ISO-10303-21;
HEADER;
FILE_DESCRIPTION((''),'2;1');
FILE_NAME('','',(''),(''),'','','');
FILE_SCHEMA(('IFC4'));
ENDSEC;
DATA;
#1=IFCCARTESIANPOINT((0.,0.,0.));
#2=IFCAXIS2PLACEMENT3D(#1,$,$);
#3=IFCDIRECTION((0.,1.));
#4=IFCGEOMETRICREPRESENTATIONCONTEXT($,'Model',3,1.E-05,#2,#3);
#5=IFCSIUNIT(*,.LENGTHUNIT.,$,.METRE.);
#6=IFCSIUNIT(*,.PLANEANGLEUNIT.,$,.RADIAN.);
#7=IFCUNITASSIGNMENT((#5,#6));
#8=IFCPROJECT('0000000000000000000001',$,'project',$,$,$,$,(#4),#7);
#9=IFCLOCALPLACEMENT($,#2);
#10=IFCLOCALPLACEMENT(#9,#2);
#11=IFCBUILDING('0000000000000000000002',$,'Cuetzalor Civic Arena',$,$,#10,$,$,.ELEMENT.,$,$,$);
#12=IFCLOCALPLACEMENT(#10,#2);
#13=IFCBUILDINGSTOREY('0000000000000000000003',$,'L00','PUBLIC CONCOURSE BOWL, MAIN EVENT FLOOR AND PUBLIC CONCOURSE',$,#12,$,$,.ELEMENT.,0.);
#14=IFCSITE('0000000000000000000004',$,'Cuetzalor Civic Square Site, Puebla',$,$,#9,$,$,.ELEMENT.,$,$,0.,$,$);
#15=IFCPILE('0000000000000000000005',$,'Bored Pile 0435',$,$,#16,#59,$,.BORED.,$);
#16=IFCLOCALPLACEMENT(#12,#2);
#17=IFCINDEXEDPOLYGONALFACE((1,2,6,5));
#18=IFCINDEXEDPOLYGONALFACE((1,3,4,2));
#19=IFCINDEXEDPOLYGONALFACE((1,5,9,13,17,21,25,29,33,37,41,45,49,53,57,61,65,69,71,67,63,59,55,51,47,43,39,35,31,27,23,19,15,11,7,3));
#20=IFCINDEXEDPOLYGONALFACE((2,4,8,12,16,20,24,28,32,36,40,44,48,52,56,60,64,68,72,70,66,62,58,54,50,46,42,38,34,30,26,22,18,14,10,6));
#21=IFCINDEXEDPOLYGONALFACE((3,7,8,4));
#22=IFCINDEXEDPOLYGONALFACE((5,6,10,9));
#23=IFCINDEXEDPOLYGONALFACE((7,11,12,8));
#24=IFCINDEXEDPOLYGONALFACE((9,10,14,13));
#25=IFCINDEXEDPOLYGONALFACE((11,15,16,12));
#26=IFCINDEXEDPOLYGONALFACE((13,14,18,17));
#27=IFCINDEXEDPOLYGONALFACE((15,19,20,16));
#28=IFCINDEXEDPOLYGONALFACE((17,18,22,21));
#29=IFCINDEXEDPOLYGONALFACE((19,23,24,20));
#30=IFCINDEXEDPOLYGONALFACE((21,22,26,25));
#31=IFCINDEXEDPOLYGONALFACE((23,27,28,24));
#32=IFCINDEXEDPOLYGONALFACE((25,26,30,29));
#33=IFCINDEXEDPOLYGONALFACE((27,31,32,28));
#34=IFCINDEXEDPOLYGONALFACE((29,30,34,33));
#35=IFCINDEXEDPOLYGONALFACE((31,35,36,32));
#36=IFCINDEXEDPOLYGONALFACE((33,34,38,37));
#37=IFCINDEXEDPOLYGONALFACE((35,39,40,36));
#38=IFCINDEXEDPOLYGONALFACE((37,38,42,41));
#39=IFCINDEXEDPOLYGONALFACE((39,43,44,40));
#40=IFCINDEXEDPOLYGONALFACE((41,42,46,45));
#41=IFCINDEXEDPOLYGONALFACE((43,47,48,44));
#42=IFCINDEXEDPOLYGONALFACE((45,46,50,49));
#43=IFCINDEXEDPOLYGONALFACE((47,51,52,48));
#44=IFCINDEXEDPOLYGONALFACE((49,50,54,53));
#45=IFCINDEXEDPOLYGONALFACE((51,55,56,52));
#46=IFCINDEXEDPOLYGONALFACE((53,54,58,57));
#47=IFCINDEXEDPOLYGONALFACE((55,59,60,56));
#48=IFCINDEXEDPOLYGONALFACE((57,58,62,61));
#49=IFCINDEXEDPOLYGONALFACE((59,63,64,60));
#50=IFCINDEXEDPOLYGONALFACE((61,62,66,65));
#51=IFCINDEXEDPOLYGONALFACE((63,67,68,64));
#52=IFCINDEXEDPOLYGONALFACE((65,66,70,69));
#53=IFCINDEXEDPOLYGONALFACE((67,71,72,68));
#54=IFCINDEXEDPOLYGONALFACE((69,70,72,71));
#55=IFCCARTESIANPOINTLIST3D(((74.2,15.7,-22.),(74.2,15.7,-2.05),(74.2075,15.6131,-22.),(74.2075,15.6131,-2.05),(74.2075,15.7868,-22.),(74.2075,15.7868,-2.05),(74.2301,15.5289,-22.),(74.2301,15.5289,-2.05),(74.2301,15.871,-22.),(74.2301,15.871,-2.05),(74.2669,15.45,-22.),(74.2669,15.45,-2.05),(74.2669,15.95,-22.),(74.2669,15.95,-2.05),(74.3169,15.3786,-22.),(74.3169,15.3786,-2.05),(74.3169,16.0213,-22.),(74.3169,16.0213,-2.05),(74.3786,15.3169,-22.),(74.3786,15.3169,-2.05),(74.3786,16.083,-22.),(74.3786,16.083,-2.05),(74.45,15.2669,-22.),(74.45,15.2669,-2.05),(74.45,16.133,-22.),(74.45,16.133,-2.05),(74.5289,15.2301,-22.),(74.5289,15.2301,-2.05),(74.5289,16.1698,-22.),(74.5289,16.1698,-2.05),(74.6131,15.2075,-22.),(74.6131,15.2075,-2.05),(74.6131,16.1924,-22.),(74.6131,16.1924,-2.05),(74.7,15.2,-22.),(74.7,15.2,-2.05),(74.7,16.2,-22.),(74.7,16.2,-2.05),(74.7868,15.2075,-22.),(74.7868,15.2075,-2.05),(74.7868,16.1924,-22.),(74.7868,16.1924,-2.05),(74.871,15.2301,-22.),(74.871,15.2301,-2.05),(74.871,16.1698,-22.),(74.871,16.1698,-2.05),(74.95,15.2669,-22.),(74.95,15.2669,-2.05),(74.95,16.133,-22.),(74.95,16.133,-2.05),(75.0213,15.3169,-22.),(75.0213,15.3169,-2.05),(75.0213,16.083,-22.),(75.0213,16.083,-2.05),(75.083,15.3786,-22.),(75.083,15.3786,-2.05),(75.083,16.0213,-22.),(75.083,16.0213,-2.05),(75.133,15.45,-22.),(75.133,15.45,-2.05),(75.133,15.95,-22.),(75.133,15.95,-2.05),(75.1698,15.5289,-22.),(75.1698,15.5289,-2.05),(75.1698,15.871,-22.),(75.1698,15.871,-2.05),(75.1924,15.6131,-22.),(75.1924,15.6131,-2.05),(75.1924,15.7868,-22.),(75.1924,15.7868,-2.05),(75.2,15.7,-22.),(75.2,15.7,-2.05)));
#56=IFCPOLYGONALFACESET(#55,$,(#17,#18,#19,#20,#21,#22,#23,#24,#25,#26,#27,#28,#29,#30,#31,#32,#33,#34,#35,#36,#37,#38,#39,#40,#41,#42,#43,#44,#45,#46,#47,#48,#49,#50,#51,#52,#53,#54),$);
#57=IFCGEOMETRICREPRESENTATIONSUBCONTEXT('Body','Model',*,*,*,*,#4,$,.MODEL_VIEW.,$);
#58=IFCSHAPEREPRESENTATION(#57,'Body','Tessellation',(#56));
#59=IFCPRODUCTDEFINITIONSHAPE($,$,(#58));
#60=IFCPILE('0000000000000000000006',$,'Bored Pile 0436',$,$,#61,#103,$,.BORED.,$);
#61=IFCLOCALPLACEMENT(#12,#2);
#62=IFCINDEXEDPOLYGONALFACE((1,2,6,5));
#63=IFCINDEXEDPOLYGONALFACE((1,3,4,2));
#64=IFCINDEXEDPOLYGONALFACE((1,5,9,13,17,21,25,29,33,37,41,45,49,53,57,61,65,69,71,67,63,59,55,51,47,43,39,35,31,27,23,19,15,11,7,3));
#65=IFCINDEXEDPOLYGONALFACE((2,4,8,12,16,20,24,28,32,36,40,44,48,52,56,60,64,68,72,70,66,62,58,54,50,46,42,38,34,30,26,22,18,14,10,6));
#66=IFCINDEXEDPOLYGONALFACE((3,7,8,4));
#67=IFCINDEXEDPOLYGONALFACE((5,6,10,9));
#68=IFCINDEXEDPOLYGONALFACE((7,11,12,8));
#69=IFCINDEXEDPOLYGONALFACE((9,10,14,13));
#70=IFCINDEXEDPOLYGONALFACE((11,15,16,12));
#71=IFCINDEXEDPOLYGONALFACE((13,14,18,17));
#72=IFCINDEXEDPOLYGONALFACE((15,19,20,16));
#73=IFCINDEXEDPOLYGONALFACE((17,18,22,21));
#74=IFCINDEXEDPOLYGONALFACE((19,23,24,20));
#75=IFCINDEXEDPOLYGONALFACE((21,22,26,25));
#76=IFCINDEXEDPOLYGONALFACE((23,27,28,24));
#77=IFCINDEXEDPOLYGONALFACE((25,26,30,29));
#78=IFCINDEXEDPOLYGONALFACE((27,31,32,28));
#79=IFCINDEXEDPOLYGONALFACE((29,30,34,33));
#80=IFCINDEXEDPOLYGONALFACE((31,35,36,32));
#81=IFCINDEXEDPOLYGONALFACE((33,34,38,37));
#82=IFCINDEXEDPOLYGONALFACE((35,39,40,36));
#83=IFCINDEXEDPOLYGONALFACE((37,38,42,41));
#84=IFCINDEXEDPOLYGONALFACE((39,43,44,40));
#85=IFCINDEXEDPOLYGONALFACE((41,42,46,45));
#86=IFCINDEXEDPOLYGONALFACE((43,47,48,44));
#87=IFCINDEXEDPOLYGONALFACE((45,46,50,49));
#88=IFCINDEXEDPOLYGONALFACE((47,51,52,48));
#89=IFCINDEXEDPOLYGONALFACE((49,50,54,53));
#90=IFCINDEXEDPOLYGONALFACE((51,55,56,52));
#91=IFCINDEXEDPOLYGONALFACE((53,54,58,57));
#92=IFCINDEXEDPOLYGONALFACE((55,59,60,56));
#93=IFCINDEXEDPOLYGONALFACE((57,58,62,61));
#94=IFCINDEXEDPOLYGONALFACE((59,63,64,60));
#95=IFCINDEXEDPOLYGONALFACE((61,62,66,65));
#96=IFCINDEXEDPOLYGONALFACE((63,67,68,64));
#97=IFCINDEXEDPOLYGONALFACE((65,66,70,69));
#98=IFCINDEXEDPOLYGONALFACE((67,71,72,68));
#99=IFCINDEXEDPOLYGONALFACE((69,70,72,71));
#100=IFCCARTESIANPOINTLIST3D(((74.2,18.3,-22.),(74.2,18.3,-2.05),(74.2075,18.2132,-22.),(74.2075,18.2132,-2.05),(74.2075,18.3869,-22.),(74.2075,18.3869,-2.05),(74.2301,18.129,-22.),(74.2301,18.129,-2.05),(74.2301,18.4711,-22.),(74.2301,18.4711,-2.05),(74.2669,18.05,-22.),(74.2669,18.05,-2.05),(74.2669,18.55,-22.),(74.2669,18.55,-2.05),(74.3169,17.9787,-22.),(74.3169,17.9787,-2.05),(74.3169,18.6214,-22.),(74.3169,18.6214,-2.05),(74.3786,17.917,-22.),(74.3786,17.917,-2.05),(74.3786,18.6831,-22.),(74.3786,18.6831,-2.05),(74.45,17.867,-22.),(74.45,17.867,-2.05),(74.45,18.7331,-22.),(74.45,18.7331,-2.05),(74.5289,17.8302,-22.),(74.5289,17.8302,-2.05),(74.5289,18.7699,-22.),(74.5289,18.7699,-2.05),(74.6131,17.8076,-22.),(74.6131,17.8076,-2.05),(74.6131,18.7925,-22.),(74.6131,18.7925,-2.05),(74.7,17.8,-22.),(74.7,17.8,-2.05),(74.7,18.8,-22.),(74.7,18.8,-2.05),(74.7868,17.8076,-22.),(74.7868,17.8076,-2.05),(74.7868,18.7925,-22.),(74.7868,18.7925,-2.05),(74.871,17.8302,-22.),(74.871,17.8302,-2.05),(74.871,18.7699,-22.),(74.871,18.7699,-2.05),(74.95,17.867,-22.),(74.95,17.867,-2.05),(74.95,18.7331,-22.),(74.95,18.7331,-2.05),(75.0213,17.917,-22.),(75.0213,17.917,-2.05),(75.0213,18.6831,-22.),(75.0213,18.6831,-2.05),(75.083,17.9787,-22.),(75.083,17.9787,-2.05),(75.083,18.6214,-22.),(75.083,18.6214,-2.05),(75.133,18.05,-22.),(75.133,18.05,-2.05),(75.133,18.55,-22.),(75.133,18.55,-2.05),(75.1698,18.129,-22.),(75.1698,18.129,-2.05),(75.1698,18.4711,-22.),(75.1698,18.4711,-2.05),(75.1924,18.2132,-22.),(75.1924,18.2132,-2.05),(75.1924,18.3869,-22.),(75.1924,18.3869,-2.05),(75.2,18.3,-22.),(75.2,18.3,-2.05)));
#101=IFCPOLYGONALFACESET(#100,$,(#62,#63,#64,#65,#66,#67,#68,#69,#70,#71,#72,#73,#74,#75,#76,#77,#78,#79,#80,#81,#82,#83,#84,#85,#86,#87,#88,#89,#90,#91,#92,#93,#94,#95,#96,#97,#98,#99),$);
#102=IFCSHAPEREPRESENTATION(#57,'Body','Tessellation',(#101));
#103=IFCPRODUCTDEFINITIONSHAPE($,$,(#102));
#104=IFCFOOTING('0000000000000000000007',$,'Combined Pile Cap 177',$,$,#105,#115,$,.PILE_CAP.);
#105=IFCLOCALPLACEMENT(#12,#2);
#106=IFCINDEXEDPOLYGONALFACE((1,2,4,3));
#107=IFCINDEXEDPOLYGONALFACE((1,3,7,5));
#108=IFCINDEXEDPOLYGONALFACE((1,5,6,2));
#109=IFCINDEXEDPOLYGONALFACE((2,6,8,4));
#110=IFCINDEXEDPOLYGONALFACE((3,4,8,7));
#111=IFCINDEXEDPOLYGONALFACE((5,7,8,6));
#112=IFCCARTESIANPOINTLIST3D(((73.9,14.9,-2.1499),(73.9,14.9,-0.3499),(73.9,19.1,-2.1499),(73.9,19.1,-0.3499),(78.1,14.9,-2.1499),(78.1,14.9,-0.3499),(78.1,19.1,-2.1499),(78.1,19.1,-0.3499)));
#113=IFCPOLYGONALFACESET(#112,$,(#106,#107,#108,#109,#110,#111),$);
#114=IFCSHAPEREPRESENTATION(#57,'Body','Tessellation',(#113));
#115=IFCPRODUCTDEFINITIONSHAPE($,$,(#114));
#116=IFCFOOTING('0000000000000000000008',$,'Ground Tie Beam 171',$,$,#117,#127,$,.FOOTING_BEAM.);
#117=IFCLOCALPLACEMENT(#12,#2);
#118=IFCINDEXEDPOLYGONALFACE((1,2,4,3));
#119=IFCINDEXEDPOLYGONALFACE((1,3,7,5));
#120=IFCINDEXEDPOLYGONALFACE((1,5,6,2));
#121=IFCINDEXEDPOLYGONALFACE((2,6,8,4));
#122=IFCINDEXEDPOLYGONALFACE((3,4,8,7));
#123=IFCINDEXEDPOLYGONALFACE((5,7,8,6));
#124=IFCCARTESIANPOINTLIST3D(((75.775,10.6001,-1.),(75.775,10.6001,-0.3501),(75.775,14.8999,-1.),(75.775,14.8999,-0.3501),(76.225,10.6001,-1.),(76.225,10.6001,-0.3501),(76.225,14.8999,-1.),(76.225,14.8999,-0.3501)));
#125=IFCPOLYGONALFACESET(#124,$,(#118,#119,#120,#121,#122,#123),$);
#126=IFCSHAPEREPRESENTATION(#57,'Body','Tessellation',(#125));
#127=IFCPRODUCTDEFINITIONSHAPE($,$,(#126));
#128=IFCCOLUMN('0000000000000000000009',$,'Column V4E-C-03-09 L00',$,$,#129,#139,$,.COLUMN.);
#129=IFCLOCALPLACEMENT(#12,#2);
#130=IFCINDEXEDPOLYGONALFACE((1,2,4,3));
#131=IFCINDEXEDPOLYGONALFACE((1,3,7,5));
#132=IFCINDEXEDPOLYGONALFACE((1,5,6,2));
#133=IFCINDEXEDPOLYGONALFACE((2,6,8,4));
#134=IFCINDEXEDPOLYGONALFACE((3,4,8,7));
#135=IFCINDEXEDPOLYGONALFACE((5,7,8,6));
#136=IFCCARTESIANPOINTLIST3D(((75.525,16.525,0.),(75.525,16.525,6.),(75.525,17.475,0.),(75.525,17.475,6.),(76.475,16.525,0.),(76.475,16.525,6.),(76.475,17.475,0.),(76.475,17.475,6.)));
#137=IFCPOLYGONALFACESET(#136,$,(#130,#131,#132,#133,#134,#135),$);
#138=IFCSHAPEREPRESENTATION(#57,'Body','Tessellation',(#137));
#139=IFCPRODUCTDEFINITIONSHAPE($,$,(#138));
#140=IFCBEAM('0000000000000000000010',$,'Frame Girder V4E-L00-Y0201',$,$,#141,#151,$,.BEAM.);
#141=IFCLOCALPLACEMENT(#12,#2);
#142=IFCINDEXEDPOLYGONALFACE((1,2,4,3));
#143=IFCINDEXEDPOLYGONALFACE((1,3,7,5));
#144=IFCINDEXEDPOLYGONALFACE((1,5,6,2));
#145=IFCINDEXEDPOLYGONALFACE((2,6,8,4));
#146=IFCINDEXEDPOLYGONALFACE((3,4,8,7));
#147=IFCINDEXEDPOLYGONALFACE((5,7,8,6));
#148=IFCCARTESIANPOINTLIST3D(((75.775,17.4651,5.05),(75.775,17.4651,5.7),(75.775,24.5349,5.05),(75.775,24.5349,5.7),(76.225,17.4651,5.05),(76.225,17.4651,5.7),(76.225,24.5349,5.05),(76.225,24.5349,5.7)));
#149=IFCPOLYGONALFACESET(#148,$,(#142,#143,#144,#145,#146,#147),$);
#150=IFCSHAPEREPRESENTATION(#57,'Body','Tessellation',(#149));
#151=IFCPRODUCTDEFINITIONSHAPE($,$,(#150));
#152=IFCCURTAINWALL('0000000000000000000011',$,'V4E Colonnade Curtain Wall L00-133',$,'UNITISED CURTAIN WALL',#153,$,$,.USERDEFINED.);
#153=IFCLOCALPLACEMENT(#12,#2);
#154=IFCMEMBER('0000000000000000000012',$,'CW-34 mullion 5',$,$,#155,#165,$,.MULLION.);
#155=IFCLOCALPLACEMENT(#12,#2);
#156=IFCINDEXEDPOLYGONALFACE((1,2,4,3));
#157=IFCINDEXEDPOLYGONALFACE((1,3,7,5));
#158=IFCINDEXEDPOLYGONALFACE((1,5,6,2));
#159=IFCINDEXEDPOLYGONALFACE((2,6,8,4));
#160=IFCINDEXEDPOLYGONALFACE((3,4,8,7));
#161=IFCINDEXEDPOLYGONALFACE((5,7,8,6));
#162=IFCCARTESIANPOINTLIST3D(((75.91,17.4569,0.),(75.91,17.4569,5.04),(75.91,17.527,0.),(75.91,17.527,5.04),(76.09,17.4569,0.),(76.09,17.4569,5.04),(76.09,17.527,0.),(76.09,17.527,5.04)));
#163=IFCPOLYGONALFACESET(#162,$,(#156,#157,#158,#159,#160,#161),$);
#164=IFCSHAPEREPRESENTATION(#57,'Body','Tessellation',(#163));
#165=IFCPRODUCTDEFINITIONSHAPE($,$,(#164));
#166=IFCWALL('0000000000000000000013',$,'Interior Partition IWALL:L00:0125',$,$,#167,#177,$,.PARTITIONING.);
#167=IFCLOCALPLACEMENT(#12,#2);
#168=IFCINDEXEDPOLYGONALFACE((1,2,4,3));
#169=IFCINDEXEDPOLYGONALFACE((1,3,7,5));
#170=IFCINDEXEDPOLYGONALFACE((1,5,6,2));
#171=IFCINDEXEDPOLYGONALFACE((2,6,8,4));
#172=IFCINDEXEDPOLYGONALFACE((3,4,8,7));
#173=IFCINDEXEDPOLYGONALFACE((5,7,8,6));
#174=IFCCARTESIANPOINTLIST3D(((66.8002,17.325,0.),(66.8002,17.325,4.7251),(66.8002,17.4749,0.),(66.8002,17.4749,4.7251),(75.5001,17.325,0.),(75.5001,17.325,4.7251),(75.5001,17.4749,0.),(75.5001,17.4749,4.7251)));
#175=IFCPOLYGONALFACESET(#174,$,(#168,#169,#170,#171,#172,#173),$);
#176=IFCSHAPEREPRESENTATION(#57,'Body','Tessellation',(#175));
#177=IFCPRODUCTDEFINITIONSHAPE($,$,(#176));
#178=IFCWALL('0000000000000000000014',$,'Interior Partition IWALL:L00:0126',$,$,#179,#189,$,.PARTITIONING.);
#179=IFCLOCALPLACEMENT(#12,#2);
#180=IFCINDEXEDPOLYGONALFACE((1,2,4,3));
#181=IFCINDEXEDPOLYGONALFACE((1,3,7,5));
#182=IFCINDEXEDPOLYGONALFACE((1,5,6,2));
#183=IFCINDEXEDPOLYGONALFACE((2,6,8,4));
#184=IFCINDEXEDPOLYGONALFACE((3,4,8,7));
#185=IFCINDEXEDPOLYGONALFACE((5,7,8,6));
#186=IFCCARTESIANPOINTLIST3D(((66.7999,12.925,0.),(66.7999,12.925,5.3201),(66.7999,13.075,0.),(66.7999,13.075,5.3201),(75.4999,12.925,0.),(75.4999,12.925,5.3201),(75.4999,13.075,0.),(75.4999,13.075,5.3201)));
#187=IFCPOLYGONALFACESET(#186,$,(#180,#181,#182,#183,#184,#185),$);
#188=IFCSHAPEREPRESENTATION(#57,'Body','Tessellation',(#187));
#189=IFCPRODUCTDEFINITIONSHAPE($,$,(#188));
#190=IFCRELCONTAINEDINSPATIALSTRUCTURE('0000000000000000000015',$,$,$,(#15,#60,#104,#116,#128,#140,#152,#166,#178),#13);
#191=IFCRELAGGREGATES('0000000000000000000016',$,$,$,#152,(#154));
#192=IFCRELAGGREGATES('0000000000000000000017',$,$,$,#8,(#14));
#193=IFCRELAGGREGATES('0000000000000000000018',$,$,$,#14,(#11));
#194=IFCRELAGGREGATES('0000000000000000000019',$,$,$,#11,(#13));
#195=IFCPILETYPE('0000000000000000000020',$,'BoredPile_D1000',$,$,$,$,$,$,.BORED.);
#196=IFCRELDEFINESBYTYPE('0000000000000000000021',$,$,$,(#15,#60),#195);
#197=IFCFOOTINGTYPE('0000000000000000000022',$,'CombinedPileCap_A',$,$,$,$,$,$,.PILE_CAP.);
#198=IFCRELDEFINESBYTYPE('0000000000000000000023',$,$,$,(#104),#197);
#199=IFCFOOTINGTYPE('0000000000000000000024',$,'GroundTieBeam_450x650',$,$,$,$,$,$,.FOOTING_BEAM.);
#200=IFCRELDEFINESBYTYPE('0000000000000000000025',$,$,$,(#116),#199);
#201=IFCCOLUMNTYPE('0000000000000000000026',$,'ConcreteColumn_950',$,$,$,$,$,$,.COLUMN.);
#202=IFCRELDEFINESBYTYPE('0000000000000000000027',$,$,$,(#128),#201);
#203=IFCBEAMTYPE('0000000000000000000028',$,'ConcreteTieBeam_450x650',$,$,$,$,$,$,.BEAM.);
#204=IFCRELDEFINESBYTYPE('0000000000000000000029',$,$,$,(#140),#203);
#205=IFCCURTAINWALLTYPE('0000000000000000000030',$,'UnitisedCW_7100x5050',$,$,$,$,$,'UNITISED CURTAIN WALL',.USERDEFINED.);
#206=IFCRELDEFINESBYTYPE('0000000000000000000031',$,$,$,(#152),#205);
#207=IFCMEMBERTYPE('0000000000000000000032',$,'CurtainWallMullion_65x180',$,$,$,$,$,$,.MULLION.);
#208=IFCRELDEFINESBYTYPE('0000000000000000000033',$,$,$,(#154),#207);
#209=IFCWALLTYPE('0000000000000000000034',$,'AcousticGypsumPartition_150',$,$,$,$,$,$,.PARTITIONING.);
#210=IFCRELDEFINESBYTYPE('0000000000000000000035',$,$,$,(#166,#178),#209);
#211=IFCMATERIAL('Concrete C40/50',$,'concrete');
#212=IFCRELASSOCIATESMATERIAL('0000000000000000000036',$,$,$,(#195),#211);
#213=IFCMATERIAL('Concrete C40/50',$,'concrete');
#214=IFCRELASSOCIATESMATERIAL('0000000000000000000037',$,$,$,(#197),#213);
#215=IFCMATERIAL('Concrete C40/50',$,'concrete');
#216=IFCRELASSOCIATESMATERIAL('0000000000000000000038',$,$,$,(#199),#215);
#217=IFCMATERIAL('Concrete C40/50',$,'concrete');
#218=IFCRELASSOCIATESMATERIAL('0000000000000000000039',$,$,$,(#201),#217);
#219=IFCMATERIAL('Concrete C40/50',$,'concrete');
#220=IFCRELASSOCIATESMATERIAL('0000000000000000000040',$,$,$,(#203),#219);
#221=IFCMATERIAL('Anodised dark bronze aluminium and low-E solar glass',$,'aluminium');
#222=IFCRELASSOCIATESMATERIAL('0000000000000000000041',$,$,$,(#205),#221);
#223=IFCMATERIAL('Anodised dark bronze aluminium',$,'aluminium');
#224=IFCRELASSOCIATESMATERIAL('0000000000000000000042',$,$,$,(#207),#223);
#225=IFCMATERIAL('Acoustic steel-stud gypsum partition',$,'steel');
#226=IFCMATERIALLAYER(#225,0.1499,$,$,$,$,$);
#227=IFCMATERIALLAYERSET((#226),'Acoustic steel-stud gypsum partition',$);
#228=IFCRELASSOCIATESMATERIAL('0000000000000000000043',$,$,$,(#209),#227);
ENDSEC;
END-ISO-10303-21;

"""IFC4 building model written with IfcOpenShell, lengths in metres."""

from ifc_helpers import new_model, si_unit, direction, frame, frame_2d, origin, origin_2d, place, context, subcontext, project, spatial, rectangle, circle, extrude, material, layer, layer_set, material_profile, profile_set, type_object, element, aggregate, save


model = new_model("IFC4")

# Units and contexts
model_context = context("Model", 3, precision=1e-05, world=origin(), true_north=direction((0.0, 1.0)))
body_context = subcontext(model_context, "Body", "Model", "MODEL_VIEW")
ifc_project = project(units=[si_unit("LENGTHUNIT", "METRE"), si_unit("PLANEANGLEUNIT", "RADIAN")], contexts=[model_context])

# Site, building, storey
site_placement = place(None, origin())
site = spatial("IfcSite", under=ifc_project, at=site_placement, Name="Cuetzalor Civic Square Site, Puebla", CompositionType="ELEMENT", RefElevation=0.0)
building_placement = place(site_placement, origin())
building = spatial("IfcBuilding", under=site, at=building_placement, Name="Cuetzalor Civic Arena", CompositionType="ELEMENT")
storey_placement = place(building_placement, origin())
storey = spatial("IfcBuildingStorey", under=building, at=storey_placement, Name="L00", Description="PUBLIC CONCOURSE BOWL, MAIN EVENT FLOOR AND PUBLIC CONCOURSE", CompositionType="ELEMENT", Elevation=0.0)

# Piles
ifc_material_1 = material(Name="Concrete C40/50", Category="concrete")
ifc_material_profile_1 = material_profile(ifc_material_1, circle(Radius=0.5, at=origin_2d()), Name="BORED PILE D1000")
ifc_profile_set_1 = profile_set([ifc_material_profile_1], Name="Concrete C40/50")
pile_type = type_object("IfcPileType", Name="BoredPile_D1000", PredefinedType="BORED", material=ifc_profile_set_1)
for number, where, z_axis, x_axis, name in (
    (1, (74.7, 15.7, -2.05), (0.0, 0.0, -1.0), (1.0, 0.0, 0.0), "Bored Pile 0435"),
    (2, (74.7, 18.3, -2.05), (0.0, 0.0, -1.0), (1.0, 0.0, 0.0), "Bored Pile 0436"),
):
    element("IfcPile", number, at=place(storey_placement, frame(where, z_axis=z_axis, x_axis=x_axis)), inside=storey, type_object=pile_type, Name=name, PredefinedType="BORED", context=body_context, shape_type="SweptSolid", body=[
        extrude(circle(Radius=0.5, at=origin_2d()), origin(), (0.0, 0.0, 1.0), 19.95),
    ])

# Footings
ifc_material_2 = material(Name="Concrete C40/50", Category="concrete")
footing_type_1 = type_object("IfcFootingType", Name="CombinedPileCap_A", PredefinedType="PILE_CAP", material=ifc_material_2)
footing_1_placement = place(storey_placement, frame((76.0, 17.0, -2.1499), z_axis=(0.0, 0.0, 1.0), x_axis=(1.0, 0.0, 0.0)))
element("IfcFooting", 3, at=footing_1_placement, inside=storey, type_object=footing_type_1, Name="Combined Pile Cap 177", PredefinedType="PILE_CAP", context=body_context, shape_type="SweptSolid", body=[
    extrude(rectangle(XDim=4.2, YDim=4.2, at=origin_2d()), origin(), (0.0, 0.0, 1.0), 1.8),
])
ifc_material_3 = material(Name="Concrete C40/50", Category="concrete")
ifc_material_profile_2 = material_profile(ifc_material_3, rectangle(XDim=0.45, YDim=0.6499, at=origin_2d()), Name="RC 450x650")
ifc_profile_set_2 = profile_set([ifc_material_profile_2], Name="Concrete C40/50")
footing_type_2 = type_object("IfcFootingType", Name="GroundTieBeam_450x650", PredefinedType="FOOTING_BEAM", material=ifc_profile_set_2)
footing_2_placement = place(storey_placement, frame((76.0, 10.6001, -0.675), z_axis=(0.0, 1.0, 0.0), x_axis=(-1.0, 0.0, 0.0)))
element("IfcFooting", 4, at=footing_2_placement, inside=storey, type_object=footing_type_2, Name="Ground Tie Beam 171", PredefinedType="FOOTING_BEAM", context=body_context, shape_type="SweptSolid", body=[
    extrude(rectangle(XDim=0.45, YDim=0.6499, at=origin_2d()), origin(), (0.0, 0.0, 1.0), 4.2998),
])

# Column
ifc_material_4 = material(Name="Concrete C40/50", Category="concrete")
ifc_material_profile_3 = material_profile(ifc_material_4, rectangle(XDim=0.95, YDim=0.95, at=origin_2d()), Name="RC 950x950")
ifc_profile_set_3 = profile_set([ifc_material_profile_3], Name="Concrete C40/50")
column_type = type_object("IfcColumnType", Name="ConcreteColumn_950", PredefinedType="COLUMN", material=ifc_profile_set_3)
column_placement = place(storey_placement, frame((76.0, 17.0, 0.0), z_axis=(0.0, 0.0, 1.0), x_axis=(1.0, 0.0, 0.0)))
element("IfcColumn", 5, at=column_placement, inside=storey, type_object=column_type, Name="Column V4E-C-03-09 L00", PredefinedType="COLUMN", context=body_context, shape_type="SweptSolid", body=[
    extrude(rectangle(XDim=0.95, YDim=0.95, at=origin_2d()), origin(), (0.0, 0.0, 1.0), 6.0),
])

# Beam
ifc_material_5 = material(Name="Concrete C40/50", Category="concrete")
ifc_material_profile_4 = material_profile(ifc_material_5, rectangle(XDim=0.45, YDim=0.6499, at=origin_2d()), Name="RC 450x650")
ifc_profile_set_4 = profile_set([ifc_material_profile_4], Name="Concrete C40/50")
beam_type = type_object("IfcBeamType", Name="ConcreteTieBeam_450x650", PredefinedType="BEAM", material=ifc_profile_set_4)
beam_placement = place(storey_placement, frame((76.0, 17.4651, 5.375), z_axis=(0.0, 1.0, 0.0), x_axis=(-1.0, 0.0, 0.0)))
element("IfcBeam", 6, at=beam_placement, inside=storey, type_object=beam_type, Name="Frame Girder V4E-L00-Y0201", PredefinedType="BEAM", context=body_context, shape_type="SweptSolid", body=[
    extrude(rectangle(XDim=0.45, YDim=0.6499, at=origin_2d()), origin(), (0.0, 0.0, 1.0), 7.0698),
])

# Curtain wall, member
ifc_material_6 = material(Name="Anodised dark bronze aluminium and low-E solar glass", Category="aluminium")
curtain_wall_type = type_object("IfcCurtainWallType", Name="UnitisedCW_7100x5050", ElementType="UNITISED CURTAIN WALL", PredefinedType="USERDEFINED", material=ifc_material_6)
curtain_wall_placement = place(storey_placement, origin())
curtain_wall = element("IfcCurtainWall", 7, at=curtain_wall_placement, inside=storey, type_object=curtain_wall_type, Name="V4E Colonnade Curtain Wall L00-133", ObjectType="UNITISED CURTAIN WALL", PredefinedType="USERDEFINED")
ifc_material_7 = material(Name="Anodised dark bronze aluminium", Category="aluminium")
ifc_material_profile_5 = material_profile(ifc_material_7, rectangle(XDim=0.0701, YDim=0.1799, at=origin_2d()), Name="ALU MULLION 70x180")
ifc_profile_set_5 = profile_set([ifc_material_profile_5], Name="Anodised dark bronze aluminium")
member_type = type_object("IfcMemberType", Name="CurtainWallMullion_65x180", PredefinedType="MULLION", material=ifc_profile_set_5)
member_placement = place(storey_placement, frame((76.0, 17.4919, 0.0), z_axis=(0.0, 0.0, 1.0), x_axis=(0.0, -1.0, 0.0)))
member = element("IfcMember", 8, at=member_placement, type_object=member_type, Name="CW-34 mullion 5", PredefinedType="MULLION", context=body_context, shape_type="SweptSolid", body=[
    extrude(rectangle(XDim=0.0701, YDim=0.1799, at=origin_2d()), origin(), (0.0, 0.0, 1.0), 5.04),
])
aggregate(curtain_wall, [member])

# Walls
ifc_material_8 = material(Name="Acoustic steel-stud gypsum partition", Category="steel")
ifc_layer_1 = layer(ifc_material_8, 0.1499)
ifc_layer_set_1 = layer_set([ifc_layer_1], Name="Acoustic steel-stud gypsum partition")
wall_type_1 = type_object("IfcWallType", Name="AcousticGypsumPartition_150", PredefinedType="PARTITIONING", material=ifc_layer_set_1)
wall_1_placement = place(storey_placement, frame((66.8, 17.3999, 0.0), z_axis=(0.0, 0.0, 1.0), x_axis=(1.0, 0.0, 0.0)))
element("IfcWall", 9, at=wall_1_placement, inside=storey, type_object=wall_type_1, Name="Interior Partition IWALL:L00:0125", PredefinedType="PARTITIONING", context=body_context, shape_type="SweptSolid", body=[
    extrude(rectangle(XDim=8.7, YDim=0.1499, at=frame_2d((4.3501, 0.0))), origin(), (0.0, 0.0, 1.0), 4.7251),
])
wall_2_placement = place(storey_placement, frame((75.5, 13.0, 0.0), z_axis=(0.0, 0.0, 1.0), x_axis=(-1.0, 0.0, 0.0)))
element("IfcWall", 10, at=wall_2_placement, inside=storey, type_object=wall_type_1, Name="Interior Partition IWALL:L00:0126", PredefinedType="PARTITIONING", context=body_context, shape_type="SweptSolid", body=[
    extrude(rectangle(XDim=8.7, YDim=0.1499, at=frame_2d((4.3501, 0.0))), origin(), (0.0, 0.0, 1.0), 5.3201),
])

save(model, "model.ifc")
